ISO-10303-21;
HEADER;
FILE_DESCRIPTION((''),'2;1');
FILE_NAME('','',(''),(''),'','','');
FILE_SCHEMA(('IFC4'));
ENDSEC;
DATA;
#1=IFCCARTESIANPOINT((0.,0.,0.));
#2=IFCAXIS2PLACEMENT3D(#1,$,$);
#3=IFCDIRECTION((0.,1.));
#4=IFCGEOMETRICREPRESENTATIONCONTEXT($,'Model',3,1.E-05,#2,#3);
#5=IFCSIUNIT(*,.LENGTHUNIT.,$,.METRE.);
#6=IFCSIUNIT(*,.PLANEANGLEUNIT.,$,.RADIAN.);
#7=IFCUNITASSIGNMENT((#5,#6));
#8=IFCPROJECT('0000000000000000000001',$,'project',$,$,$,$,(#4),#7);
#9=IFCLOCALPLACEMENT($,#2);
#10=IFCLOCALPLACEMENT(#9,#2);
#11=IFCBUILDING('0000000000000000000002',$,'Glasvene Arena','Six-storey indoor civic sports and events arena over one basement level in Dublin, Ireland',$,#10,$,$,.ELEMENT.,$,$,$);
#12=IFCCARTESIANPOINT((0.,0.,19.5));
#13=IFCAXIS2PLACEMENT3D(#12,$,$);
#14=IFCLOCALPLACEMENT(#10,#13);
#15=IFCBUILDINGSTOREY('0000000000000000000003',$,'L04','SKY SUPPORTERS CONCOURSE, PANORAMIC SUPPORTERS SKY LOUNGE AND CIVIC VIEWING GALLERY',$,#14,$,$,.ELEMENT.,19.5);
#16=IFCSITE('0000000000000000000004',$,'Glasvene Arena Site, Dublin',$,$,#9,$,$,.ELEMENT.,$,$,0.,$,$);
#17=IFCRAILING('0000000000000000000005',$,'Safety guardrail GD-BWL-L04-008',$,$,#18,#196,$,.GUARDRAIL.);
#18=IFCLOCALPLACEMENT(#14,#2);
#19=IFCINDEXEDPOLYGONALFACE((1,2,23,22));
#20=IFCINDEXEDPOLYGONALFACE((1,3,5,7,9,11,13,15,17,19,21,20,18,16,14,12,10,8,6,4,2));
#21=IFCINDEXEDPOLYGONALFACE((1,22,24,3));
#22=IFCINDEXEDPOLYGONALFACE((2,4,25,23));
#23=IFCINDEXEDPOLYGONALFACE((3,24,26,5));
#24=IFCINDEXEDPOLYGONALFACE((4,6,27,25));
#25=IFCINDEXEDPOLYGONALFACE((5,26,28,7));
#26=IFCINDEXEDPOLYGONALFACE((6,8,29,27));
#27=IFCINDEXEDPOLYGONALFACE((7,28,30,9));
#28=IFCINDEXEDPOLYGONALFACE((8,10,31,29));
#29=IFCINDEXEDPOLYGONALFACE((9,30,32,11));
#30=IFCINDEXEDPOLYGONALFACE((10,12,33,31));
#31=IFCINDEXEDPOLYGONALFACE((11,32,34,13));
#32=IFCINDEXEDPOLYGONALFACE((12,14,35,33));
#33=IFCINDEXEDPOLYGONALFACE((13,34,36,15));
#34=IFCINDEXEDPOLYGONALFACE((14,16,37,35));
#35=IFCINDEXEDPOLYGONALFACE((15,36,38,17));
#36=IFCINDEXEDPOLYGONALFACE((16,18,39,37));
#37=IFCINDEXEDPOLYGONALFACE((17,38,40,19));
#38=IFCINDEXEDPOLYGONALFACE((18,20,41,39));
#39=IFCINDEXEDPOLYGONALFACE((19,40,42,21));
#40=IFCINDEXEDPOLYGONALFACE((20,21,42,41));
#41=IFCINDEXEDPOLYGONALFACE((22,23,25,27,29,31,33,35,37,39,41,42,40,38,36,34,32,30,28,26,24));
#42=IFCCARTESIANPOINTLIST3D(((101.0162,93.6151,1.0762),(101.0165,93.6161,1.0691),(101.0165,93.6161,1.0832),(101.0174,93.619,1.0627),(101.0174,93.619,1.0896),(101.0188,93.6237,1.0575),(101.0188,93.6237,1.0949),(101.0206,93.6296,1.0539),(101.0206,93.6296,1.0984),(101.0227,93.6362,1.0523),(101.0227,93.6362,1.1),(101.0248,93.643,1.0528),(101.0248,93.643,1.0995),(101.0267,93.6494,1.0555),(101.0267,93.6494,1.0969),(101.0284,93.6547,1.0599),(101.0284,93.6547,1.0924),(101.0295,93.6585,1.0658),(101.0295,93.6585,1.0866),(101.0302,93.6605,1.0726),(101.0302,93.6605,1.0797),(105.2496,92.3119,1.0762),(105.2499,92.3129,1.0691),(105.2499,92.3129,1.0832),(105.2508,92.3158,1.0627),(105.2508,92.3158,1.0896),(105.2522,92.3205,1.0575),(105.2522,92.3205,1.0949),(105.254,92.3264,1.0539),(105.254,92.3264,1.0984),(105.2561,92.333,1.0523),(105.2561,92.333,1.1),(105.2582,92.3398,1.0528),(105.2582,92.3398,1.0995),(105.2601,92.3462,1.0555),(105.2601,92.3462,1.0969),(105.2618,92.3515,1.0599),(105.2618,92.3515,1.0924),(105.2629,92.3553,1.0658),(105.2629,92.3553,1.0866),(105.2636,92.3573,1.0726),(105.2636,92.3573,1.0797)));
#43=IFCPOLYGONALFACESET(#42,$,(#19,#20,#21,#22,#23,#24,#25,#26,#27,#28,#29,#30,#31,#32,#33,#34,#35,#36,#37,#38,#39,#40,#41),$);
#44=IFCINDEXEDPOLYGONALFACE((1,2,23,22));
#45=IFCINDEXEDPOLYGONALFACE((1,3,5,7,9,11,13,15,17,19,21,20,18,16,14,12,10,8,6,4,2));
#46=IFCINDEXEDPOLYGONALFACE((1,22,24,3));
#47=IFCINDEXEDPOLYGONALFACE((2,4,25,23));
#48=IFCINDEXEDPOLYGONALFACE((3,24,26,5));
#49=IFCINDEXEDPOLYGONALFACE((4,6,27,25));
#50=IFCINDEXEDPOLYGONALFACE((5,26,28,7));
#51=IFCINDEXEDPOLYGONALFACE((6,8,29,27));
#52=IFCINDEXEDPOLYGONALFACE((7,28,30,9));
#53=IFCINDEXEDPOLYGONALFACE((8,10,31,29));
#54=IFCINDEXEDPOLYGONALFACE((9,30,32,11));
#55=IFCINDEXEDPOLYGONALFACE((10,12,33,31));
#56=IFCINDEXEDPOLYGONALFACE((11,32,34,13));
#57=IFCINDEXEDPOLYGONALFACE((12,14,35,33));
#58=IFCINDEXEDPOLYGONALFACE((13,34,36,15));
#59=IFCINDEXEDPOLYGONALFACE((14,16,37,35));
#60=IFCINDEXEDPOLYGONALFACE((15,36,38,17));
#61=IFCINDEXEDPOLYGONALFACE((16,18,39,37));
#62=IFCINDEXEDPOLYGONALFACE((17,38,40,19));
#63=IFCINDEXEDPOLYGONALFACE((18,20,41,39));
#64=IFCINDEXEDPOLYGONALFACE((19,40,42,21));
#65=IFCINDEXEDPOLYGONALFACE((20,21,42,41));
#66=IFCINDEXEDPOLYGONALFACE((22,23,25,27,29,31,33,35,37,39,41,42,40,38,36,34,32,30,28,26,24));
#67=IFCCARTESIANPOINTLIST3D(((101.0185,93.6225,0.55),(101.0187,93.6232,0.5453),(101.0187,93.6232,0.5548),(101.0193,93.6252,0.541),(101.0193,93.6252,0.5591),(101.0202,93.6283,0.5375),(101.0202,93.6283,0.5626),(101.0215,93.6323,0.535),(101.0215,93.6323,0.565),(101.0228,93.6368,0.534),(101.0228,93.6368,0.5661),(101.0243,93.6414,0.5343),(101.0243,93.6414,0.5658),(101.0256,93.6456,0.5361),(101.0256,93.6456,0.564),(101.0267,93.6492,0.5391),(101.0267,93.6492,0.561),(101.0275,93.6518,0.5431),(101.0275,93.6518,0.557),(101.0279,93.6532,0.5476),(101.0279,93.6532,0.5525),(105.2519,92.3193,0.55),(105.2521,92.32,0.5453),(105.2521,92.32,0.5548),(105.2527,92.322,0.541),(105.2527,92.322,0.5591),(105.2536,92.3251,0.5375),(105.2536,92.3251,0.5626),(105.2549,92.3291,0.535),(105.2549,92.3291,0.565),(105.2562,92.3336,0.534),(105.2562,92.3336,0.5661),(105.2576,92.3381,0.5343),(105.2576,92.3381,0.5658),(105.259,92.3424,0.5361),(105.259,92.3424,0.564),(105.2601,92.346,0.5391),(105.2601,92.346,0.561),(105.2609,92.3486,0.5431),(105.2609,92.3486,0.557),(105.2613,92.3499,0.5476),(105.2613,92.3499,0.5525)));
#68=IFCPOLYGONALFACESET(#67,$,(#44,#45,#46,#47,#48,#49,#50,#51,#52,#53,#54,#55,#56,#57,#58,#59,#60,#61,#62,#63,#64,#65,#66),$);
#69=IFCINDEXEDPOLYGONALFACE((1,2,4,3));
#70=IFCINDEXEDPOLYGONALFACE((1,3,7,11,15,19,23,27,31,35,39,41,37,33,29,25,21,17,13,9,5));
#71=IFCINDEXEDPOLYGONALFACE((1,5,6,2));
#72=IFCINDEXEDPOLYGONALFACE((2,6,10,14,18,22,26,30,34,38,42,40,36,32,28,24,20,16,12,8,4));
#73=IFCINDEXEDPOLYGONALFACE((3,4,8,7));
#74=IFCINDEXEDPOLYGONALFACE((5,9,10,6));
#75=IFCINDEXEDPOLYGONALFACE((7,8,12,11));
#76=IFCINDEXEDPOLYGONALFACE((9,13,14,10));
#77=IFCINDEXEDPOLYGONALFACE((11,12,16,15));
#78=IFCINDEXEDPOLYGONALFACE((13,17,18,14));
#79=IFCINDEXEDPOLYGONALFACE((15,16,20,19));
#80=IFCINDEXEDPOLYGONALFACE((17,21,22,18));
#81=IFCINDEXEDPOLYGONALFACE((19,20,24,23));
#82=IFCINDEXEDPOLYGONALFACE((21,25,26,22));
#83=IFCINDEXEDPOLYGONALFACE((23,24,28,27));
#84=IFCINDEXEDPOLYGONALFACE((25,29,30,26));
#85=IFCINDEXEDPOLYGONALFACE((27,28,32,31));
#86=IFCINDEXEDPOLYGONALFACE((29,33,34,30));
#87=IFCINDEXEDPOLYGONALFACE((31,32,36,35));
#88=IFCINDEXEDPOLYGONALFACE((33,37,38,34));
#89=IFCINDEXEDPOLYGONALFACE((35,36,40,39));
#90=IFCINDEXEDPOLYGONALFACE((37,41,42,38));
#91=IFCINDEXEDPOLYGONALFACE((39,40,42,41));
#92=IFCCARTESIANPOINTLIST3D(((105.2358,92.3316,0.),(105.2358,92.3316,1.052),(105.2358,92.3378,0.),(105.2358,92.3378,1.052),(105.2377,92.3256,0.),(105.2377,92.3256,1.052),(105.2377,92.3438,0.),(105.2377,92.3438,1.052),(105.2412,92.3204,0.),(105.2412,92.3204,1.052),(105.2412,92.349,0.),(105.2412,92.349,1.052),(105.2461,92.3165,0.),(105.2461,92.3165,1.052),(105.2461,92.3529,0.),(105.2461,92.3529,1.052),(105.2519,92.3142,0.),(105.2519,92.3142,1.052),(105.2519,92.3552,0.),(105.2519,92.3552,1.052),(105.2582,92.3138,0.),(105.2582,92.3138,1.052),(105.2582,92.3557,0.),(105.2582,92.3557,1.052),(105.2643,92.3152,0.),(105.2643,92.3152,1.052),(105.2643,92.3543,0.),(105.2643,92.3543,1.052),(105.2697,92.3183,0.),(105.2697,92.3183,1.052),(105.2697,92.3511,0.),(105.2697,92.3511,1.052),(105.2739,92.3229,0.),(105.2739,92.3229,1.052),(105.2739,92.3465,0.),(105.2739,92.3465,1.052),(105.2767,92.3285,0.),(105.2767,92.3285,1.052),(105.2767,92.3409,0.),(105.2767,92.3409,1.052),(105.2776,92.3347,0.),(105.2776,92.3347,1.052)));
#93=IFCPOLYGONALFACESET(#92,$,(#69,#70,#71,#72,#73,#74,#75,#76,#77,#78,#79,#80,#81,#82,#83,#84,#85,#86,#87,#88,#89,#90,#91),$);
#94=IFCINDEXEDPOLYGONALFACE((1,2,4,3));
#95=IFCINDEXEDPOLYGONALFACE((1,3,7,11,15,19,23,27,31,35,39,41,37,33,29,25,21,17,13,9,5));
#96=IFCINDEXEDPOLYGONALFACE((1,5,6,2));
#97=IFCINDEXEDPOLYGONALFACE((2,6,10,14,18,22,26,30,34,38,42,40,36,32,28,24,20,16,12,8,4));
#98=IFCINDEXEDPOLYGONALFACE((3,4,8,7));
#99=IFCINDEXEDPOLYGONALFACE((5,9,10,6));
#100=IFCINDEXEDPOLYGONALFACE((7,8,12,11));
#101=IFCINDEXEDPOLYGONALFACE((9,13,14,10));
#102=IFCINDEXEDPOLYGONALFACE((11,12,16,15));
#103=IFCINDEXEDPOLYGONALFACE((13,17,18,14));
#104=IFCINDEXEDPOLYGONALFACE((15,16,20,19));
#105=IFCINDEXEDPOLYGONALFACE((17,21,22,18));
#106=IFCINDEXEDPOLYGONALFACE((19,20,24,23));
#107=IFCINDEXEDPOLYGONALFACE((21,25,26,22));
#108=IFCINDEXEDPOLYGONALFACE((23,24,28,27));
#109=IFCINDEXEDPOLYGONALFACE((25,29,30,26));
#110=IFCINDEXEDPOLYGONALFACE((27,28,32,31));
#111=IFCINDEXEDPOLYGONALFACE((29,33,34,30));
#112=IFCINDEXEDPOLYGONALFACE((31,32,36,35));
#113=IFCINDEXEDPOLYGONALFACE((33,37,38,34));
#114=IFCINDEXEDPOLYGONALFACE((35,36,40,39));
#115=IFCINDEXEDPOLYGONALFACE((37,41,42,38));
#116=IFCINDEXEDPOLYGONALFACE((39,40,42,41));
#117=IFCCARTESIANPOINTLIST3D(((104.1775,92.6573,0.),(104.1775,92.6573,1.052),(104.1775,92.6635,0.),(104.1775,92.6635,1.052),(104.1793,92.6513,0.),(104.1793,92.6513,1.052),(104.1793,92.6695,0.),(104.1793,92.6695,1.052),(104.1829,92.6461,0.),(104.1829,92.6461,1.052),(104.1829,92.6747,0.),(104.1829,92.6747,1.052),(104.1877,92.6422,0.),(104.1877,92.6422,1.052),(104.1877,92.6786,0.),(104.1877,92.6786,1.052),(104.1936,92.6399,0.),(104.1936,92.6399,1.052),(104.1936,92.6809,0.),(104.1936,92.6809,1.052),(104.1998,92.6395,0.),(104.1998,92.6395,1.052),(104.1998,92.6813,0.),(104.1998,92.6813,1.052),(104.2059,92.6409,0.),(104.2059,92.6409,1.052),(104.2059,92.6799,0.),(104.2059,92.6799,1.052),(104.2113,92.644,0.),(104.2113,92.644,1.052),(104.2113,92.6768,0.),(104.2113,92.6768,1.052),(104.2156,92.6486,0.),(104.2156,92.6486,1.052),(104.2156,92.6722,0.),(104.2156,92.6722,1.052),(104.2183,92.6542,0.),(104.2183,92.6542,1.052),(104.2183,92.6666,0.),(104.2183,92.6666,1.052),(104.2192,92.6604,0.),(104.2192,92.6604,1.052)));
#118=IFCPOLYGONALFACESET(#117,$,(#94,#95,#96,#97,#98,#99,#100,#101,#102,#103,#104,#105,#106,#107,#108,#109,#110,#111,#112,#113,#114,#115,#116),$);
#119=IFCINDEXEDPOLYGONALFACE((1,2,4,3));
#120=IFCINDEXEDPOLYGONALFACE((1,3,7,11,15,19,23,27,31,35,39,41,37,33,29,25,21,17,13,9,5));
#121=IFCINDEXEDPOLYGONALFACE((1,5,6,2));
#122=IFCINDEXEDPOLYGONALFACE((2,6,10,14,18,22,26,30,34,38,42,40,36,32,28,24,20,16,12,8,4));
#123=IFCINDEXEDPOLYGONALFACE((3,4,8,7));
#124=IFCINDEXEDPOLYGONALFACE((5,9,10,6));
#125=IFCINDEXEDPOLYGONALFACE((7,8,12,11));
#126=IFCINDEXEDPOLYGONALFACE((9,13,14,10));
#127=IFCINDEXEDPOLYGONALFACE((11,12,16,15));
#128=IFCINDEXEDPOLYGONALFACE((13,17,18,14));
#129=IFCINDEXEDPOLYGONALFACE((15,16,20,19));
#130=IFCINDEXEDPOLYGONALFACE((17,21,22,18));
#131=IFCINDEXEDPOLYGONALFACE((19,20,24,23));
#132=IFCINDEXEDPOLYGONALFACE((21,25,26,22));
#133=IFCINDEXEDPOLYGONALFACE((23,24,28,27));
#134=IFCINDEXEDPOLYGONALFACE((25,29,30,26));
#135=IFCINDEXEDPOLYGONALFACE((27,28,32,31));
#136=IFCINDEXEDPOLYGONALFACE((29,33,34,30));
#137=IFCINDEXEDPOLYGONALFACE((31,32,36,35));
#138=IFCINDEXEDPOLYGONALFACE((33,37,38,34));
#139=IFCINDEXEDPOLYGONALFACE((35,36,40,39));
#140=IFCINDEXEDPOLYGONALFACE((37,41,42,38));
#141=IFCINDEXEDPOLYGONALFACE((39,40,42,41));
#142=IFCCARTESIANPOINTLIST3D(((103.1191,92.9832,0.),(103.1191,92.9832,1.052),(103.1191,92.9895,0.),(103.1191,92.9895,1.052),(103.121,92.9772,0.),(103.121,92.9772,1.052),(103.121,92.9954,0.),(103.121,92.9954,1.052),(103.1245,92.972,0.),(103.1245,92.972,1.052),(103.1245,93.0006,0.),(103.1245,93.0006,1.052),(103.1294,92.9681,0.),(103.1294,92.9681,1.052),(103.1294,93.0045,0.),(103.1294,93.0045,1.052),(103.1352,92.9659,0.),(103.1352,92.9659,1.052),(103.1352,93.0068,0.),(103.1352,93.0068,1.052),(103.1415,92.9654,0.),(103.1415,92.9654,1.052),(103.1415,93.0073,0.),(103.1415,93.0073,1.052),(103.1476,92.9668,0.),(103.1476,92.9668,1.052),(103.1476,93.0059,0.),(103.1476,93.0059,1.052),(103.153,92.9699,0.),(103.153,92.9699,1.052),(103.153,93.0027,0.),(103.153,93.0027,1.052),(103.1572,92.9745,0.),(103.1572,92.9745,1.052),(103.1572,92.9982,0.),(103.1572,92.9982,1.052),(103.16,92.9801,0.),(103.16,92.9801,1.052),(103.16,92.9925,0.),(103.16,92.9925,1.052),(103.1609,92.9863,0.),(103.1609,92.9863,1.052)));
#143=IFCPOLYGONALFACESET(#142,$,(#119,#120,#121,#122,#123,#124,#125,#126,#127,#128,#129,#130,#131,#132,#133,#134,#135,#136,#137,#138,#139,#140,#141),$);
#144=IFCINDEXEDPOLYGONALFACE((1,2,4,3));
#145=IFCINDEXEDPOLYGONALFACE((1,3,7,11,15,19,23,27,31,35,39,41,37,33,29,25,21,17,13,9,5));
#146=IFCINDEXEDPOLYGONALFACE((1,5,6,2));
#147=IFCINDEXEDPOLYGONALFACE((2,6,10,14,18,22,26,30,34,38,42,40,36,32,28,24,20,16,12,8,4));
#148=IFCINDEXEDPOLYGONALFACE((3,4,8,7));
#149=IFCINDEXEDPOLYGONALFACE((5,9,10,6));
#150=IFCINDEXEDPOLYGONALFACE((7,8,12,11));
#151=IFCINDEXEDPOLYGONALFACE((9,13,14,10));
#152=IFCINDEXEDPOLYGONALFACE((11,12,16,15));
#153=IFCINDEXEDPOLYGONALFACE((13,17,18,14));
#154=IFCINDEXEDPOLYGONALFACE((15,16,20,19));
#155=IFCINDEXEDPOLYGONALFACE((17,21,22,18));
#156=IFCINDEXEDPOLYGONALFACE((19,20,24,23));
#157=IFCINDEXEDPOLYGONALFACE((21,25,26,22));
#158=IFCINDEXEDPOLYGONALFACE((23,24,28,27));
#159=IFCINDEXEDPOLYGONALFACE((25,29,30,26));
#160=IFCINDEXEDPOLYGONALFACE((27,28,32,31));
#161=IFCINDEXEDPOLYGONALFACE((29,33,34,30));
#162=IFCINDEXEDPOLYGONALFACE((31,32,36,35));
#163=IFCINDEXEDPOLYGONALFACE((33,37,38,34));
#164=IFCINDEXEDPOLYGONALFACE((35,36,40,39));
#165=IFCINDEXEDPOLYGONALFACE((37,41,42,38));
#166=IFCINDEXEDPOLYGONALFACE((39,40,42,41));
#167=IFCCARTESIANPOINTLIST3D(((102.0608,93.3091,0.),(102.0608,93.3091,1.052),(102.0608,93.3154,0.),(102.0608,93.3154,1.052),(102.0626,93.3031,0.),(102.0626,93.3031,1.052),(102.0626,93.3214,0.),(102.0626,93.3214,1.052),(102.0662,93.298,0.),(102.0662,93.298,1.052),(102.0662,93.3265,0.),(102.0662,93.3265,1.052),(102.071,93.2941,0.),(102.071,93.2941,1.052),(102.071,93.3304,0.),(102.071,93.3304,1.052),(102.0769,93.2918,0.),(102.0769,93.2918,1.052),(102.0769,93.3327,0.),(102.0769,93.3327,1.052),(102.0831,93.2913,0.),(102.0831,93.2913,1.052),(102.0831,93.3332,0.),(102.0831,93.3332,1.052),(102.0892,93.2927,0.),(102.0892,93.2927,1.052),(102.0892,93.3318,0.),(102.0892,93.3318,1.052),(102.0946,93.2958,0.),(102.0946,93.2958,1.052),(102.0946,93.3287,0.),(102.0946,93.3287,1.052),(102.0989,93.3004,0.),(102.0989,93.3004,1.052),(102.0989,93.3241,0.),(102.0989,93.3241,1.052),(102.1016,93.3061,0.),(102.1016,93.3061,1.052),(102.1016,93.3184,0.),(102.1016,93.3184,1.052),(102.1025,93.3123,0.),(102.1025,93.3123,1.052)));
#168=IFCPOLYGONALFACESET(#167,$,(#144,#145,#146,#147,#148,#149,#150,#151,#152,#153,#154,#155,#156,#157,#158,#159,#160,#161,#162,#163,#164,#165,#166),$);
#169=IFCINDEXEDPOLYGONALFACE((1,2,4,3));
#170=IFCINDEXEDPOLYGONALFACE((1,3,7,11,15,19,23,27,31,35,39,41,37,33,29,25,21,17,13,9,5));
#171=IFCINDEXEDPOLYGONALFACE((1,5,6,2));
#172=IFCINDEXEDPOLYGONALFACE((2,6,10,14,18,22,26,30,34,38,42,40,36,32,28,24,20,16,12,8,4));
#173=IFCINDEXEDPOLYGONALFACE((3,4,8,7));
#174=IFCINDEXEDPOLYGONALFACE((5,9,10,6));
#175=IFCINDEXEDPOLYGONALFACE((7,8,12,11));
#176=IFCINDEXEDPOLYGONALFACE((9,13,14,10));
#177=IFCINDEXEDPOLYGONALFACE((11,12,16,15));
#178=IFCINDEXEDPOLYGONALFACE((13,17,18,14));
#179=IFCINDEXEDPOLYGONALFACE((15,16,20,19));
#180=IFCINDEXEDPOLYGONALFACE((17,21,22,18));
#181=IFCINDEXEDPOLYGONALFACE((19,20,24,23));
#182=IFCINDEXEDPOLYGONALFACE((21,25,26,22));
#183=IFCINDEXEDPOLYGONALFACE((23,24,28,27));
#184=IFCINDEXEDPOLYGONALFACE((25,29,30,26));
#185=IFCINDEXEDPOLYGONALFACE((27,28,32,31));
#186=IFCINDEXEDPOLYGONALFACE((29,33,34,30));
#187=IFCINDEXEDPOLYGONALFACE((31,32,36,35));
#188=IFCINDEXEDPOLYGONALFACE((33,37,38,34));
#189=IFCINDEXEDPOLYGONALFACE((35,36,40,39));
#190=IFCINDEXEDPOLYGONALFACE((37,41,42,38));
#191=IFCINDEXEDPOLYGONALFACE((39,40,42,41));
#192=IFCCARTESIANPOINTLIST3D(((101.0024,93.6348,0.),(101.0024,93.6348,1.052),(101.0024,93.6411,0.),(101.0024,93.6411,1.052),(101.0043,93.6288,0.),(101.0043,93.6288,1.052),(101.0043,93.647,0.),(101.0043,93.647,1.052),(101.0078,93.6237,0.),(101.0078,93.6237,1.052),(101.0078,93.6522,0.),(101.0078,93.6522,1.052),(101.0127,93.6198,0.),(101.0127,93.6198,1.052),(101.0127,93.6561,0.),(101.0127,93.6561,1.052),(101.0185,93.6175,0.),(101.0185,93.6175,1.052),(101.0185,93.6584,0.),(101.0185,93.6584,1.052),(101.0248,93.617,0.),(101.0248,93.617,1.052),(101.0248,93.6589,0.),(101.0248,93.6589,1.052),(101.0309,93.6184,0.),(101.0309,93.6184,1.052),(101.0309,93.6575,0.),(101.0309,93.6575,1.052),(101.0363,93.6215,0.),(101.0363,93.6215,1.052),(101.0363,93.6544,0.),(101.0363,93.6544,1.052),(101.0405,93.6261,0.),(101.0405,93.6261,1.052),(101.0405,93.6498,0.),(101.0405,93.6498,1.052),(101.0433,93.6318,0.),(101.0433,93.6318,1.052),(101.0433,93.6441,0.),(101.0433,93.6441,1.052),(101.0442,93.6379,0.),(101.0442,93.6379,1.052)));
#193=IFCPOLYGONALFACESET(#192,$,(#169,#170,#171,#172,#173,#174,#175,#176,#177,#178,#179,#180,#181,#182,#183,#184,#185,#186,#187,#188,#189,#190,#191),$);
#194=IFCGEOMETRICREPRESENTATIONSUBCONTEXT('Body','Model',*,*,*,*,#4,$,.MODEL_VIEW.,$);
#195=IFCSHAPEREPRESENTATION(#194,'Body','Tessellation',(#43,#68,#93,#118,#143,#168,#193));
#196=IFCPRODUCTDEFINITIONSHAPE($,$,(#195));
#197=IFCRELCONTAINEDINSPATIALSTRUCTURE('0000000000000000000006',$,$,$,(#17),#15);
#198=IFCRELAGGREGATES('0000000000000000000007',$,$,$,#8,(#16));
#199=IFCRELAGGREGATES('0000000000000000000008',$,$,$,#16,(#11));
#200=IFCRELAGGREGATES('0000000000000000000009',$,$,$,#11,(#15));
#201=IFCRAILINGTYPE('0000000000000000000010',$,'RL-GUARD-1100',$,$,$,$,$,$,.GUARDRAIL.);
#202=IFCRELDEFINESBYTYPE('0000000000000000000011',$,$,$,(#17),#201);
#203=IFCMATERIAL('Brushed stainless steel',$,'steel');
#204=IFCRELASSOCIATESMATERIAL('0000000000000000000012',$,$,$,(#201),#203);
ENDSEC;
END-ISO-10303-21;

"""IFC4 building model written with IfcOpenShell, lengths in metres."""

from ifc_helpers import new_model, si_unit, direction, frame, origin, origin_2d, place, context, subcontext, project, spatial, circle, extrude, material, type_object, element, save


model = new_model("IFC4")

# Units and contexts
model_context = context("Model", 3, precision=1e-05, world=origin(), true_north=direction((0.0, 1.0)))
body_context = subcontext(model_context, "Body", "Model", "MODEL_VIEW")
ifc_project = project(units=[si_unit("LENGTHUNIT", "METRE"), si_unit("PLANEANGLEUNIT", "RADIAN")], contexts=[model_context])

# Site, building, storey
site_placement = place(None, origin())
site = spatial("IfcSite", under=ifc_project, at=site_placement, Name="Glasvene Arena Site, Dublin", CompositionType="ELEMENT", RefElevation=0.0)
building_placement = place(site_placement, origin())
building = spatial("IfcBuilding", under=site, at=building_placement, Name="Glasvene Arena", Description="Six-storey indoor civic sports and events arena over one basement level in Dublin, Ireland", CompositionType="ELEMENT")
storey_placement = place(building_placement, frame((0.0, 0.0, 19.5)))
storey = spatial("IfcBuildingStorey", under=building, at=storey_placement, Name="L04", Description="SKY SUPPORTERS CONCOURSE, PANORAMIC SUPPORTERS SKY LOUNGE AND CIVIC VIEWING GALLERY", CompositionType="ELEMENT", Elevation=19.5)

# Railing
ifc_material = material(Name="Brushed stainless steel", Category="steel")
railing_type = type_object("IfcRailingType", Name="RL-GUARD-1100", PredefinedType="GUARDRAIL", material=ifc_material)
railing_1_placement = place(storey_placement, frame((105.2566, 92.3347, 0.0)))
element("IfcRailing", 1, at=railing_1_placement, inside=storey, type_object=railing_type, Name="Safety guardrail GD-BWL-L04-008", PredefinedType="GUARDRAIL", context=body_context, shape_type="SweptSolid", body=[
    extrude(circle(Radius=0.0239, at=origin_2d()), frame((0.0, 0.0, 1.0762), z_axis=(-0.955738, 0.294218, 0.0), x_axis=(-0.294218, -0.955738, 0.0)), (0.0, 0.0, 1.0), 4.4294),
    extrude(circle(Radius=0.0161, at=origin_2d()), frame((0.0, 0.0, 0.55), z_axis=(-0.955738, 0.294218, 0.0), x_axis=(-0.294218, -0.955738, 0.0)), (0.0, 0.0, 1.0), 4.4294),
    extrude(circle(Radius=0.021, at=origin_2d()), origin(), (0.0, 0.0, 1.0), 1.052),
    extrude(circle(Radius=0.021, at=origin_2d()), frame((-1.0583, 0.3257, 0.0)), (0.0, 0.0, 1.0), 1.052),
    extrude(circle(Radius=0.021, at=origin_2d()), frame((-2.1167, 0.6516, 0.0)), (0.0, 0.0, 1.0), 1.052),
    extrude(circle(Radius=0.021, at=origin_2d()), frame((-3.175, 0.9775, 0.0)), (0.0, 0.0, 1.0), 1.052),
    extrude(circle(Radius=0.021, at=origin_2d()), frame((-4.2334, 1.3032, 0.0)), (0.0, 0.0, 1.0), 1.052),
])

save(model, "model.ifc")
